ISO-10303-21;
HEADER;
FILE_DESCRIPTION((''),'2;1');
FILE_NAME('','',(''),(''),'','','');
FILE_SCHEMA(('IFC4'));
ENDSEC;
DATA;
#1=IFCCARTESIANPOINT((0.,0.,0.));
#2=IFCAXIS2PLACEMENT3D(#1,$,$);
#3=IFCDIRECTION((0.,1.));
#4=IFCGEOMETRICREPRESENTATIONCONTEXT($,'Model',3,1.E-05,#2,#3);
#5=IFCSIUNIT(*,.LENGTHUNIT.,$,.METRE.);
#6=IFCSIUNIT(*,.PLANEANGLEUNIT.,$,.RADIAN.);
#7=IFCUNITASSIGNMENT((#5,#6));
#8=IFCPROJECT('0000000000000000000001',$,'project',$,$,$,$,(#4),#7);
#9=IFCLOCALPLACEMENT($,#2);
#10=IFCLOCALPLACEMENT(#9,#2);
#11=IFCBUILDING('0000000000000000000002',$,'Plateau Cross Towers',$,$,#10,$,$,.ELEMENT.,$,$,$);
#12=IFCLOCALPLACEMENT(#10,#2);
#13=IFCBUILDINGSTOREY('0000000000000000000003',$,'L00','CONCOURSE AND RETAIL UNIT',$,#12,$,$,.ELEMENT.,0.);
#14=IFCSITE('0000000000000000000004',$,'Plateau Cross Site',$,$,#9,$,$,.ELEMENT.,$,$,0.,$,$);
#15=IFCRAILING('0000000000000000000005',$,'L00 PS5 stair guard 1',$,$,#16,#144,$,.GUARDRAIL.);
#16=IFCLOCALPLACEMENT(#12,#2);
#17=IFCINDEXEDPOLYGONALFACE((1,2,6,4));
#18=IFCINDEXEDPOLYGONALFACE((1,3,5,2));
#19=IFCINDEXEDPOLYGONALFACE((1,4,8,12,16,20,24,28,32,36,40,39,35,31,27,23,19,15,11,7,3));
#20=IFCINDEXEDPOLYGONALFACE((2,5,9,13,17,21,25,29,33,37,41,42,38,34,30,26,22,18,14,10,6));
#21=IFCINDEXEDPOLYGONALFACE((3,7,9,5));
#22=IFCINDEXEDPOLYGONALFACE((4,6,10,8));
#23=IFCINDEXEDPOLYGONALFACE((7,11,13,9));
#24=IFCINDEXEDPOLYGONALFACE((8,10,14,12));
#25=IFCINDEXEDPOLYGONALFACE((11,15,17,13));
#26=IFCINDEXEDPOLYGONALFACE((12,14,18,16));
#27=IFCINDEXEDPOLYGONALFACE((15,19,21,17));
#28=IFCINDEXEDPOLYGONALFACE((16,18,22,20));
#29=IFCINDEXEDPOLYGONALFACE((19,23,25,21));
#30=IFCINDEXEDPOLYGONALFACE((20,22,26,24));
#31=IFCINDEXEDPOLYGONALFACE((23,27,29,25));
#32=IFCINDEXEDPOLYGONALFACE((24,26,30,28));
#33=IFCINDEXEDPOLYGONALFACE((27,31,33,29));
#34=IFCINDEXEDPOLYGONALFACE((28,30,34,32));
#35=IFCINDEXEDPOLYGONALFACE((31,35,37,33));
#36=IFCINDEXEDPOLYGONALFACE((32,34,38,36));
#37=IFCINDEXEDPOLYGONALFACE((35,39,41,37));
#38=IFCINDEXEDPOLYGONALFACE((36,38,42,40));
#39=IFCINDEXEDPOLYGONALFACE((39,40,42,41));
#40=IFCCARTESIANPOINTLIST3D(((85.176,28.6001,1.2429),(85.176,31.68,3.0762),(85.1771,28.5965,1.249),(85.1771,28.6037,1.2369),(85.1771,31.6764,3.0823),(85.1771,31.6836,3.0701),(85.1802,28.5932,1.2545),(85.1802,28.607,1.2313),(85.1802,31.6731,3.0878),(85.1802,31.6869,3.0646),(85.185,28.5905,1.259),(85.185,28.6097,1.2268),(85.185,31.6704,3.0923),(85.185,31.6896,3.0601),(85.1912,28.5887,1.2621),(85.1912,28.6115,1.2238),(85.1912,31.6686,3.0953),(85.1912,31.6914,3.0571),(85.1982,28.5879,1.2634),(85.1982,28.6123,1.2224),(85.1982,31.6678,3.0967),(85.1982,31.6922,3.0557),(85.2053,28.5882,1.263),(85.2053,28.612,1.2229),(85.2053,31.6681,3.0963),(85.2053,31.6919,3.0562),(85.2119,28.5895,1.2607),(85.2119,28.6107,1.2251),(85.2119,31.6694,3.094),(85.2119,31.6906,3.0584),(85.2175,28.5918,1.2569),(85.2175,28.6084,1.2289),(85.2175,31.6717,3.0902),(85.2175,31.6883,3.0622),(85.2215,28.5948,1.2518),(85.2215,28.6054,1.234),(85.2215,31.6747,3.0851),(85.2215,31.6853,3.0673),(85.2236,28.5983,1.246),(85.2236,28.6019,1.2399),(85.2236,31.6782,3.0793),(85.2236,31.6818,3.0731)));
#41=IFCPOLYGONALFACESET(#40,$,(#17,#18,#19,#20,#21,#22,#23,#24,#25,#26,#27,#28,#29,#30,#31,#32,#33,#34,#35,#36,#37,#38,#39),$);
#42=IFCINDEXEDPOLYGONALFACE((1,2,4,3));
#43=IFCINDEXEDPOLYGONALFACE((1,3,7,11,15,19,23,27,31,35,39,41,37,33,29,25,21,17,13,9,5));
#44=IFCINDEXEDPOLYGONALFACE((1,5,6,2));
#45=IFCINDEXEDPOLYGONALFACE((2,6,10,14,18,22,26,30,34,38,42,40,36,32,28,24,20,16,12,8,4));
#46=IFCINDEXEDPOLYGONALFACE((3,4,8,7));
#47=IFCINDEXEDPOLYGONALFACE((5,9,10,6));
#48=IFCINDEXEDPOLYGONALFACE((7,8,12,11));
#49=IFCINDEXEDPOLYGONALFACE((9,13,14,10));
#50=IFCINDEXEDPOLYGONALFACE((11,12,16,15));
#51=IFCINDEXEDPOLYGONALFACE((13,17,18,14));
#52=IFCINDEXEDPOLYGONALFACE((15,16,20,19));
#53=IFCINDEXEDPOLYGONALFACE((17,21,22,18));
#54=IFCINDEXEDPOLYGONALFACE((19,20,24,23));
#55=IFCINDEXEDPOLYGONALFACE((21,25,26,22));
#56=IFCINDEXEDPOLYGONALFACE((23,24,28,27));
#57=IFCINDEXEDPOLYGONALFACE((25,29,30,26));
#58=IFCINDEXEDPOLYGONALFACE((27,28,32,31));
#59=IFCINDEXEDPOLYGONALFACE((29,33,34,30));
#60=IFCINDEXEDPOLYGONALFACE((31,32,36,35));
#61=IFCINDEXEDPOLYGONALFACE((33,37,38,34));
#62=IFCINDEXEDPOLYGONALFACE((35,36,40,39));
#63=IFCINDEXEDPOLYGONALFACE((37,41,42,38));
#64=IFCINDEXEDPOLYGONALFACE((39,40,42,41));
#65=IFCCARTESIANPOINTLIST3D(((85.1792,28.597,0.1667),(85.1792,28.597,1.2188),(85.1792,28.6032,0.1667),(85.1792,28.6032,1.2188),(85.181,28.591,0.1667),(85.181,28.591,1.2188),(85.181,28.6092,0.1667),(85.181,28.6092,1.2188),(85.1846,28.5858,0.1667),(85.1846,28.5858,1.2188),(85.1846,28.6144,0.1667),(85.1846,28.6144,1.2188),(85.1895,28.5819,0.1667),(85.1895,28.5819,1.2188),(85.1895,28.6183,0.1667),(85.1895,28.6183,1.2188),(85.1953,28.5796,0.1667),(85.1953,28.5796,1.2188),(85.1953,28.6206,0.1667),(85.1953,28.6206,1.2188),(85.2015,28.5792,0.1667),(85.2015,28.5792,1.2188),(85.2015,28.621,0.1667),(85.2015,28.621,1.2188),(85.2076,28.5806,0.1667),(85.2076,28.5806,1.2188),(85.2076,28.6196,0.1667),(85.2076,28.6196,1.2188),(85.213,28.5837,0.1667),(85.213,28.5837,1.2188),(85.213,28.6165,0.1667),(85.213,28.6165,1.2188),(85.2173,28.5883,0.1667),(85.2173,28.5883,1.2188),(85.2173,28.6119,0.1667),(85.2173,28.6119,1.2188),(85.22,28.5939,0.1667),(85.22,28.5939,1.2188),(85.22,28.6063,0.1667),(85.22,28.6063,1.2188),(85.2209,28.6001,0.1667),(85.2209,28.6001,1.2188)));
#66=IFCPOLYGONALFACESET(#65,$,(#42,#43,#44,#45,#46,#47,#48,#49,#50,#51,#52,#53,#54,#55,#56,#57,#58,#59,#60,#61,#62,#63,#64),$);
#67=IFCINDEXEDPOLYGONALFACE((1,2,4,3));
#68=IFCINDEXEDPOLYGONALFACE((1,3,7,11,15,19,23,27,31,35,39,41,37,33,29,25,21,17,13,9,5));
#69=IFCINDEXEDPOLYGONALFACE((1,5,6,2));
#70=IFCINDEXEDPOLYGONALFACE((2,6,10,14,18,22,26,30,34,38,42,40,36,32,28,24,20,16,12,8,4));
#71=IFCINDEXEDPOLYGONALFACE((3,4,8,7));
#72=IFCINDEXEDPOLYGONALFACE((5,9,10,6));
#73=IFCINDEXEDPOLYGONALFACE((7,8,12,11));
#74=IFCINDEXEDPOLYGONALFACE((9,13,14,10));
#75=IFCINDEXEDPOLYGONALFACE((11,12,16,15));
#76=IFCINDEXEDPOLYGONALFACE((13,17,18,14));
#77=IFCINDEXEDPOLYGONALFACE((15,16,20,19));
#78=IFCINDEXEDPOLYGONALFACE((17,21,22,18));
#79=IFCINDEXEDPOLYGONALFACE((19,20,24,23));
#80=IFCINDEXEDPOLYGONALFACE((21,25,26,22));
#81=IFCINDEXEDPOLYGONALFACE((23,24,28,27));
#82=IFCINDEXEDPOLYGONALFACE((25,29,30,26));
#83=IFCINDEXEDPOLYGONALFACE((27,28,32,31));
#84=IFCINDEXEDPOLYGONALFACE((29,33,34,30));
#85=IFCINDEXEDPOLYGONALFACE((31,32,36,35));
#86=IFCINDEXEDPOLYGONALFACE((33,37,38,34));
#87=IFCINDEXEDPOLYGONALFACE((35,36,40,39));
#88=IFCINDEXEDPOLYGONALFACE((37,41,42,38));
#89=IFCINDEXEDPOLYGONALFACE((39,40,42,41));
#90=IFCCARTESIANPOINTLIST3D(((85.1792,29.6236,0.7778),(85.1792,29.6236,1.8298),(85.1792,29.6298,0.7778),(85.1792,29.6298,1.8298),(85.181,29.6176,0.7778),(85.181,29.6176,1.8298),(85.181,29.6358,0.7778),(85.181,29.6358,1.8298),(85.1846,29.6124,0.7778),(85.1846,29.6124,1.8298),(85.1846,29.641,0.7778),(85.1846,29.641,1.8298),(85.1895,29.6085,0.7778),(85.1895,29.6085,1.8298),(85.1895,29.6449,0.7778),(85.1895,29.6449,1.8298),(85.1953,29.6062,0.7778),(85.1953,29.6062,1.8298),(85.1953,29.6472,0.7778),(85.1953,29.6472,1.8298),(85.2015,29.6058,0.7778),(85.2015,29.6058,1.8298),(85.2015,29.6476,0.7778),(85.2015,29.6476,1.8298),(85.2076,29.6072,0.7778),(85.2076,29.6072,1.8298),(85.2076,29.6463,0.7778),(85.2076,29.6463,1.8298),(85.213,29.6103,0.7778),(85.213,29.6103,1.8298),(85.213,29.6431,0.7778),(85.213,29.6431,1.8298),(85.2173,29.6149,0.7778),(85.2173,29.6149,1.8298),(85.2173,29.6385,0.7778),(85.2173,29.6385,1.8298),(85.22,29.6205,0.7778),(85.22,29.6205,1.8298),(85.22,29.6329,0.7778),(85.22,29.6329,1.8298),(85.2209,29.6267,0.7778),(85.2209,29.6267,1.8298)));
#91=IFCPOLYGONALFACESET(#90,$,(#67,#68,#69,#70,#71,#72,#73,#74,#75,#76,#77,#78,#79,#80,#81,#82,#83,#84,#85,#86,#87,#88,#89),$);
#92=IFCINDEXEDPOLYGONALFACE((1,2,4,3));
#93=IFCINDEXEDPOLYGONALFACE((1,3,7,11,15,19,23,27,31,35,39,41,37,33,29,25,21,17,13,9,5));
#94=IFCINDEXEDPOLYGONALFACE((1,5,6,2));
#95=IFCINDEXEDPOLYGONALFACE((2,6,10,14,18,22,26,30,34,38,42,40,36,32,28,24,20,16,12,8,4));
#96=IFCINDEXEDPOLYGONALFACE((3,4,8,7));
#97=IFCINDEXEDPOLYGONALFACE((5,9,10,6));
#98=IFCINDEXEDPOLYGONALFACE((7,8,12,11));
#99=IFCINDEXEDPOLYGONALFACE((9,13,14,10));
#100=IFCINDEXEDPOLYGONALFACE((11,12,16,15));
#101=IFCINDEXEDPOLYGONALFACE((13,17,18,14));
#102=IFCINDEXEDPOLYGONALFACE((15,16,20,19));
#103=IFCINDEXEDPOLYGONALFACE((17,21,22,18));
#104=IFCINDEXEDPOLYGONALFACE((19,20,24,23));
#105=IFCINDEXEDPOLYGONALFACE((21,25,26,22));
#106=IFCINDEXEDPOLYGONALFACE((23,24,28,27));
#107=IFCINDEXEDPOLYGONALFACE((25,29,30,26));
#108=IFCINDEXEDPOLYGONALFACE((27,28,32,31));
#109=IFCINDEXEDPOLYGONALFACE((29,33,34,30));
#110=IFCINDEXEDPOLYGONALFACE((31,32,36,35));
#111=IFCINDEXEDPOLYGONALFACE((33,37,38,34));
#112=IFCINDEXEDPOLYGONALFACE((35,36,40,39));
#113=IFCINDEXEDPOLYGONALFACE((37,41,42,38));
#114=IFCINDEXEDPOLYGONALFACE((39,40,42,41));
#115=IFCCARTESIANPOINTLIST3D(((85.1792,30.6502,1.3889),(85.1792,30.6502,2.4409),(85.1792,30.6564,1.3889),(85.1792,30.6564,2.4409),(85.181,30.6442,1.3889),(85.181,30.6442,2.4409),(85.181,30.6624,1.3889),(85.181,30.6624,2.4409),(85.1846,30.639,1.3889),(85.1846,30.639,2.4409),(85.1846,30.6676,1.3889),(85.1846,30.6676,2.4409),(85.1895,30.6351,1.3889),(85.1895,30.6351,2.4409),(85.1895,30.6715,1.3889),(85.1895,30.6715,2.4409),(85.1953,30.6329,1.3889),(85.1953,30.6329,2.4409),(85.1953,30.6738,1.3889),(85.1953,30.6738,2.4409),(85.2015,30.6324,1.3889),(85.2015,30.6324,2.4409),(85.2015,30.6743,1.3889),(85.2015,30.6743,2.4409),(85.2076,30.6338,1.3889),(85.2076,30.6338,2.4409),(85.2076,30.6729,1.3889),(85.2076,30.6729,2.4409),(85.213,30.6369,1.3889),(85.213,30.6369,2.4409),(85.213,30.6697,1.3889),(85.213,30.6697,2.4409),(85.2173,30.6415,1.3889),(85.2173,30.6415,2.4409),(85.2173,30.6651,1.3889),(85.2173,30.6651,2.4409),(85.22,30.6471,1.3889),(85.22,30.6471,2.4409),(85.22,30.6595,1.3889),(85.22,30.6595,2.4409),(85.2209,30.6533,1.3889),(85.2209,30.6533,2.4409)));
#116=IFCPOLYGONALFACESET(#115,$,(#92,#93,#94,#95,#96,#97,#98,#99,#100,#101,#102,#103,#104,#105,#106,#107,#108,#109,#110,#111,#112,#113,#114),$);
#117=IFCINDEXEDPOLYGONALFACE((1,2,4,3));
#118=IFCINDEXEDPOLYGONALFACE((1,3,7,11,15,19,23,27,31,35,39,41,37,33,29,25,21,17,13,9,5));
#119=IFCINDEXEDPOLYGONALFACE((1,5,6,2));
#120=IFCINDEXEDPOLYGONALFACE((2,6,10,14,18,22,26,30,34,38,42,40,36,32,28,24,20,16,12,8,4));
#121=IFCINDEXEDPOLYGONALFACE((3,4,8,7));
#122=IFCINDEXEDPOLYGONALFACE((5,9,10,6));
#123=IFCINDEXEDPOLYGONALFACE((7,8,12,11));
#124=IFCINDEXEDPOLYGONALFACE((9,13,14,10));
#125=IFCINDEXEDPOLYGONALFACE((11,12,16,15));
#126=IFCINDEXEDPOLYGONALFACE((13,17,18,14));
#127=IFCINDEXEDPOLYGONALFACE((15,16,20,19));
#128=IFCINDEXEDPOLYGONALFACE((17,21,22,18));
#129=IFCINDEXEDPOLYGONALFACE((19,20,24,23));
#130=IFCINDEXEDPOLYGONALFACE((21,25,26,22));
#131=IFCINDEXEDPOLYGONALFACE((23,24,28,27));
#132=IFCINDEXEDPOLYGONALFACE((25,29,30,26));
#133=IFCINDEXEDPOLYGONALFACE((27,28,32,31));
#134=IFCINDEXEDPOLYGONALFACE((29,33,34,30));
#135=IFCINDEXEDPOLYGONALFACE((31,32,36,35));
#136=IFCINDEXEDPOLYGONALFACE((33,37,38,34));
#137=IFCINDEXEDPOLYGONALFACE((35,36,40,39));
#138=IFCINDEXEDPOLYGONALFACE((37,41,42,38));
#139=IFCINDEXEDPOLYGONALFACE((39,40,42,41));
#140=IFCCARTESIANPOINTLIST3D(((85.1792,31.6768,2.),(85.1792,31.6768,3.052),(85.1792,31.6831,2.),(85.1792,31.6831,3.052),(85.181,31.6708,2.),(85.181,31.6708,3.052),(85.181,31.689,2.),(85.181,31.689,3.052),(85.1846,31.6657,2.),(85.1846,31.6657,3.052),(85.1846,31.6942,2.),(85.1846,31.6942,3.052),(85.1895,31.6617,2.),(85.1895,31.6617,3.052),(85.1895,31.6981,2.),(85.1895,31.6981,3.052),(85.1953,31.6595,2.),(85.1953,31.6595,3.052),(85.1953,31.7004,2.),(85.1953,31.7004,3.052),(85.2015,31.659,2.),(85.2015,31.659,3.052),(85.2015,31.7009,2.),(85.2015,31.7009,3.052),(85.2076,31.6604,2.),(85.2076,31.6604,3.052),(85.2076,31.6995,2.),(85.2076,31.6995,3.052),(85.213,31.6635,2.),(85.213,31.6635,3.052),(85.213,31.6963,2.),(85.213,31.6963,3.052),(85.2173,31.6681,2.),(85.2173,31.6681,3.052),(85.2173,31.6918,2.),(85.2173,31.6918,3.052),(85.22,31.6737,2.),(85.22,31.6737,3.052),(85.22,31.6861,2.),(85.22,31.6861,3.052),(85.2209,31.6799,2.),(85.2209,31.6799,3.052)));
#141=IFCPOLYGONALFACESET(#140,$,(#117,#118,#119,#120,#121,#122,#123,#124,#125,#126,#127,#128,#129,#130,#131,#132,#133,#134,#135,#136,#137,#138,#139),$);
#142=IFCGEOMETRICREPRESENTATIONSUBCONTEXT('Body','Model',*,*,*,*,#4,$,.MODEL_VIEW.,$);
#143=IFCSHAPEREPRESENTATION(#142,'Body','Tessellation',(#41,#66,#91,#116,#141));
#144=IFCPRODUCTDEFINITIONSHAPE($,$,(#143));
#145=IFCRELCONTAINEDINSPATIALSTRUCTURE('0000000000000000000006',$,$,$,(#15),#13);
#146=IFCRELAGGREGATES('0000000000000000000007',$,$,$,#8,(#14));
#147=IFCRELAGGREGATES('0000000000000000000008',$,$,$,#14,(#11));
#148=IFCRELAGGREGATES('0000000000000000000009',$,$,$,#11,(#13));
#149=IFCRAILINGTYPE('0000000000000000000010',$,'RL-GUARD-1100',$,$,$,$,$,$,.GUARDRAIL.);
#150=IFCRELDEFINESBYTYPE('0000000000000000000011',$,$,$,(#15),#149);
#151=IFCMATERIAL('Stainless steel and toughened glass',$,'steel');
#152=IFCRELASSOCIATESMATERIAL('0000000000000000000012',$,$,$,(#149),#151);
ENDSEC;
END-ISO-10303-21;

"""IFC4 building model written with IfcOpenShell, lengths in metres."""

from ifc_helpers import new_model, si_unit, direction, frame, origin, origin_2d, place, context, subcontext, project, spatial, circle, extrude, material, type_object, element, save


model = new_model("IFC4")

# Units and contexts
model_context = context("Model", 3, precision=1e-05, world=origin(), true_north=direction((0.0, 1.0)))
body_context = subcontext(model_context, "Body", "Model", "MODEL_VIEW")
ifc_project = project(units=[si_unit("LENGTHUNIT", "METRE"), si_unit("PLANEANGLEUNIT", "RADIAN")], contexts=[model_context])

# Site, building, storey
site_placement = place(None, origin())
site = spatial("IfcSite", under=ifc_project, at=site_placement, Name="Plateau Cross Site", CompositionType="ELEMENT", RefElevation=0.0)
building_placement = place(site_placement, origin())
building = spatial("IfcBuilding", under=site, at=building_placement, Name="Plateau Cross Towers", CompositionType="ELEMENT")
storey_placement = place(building_placement, origin())
storey = spatial("IfcBuildingStorey", under=building, at=storey_placement, Name="L00", Description="CONCOURSE AND RETAIL UNIT", CompositionType="ELEMENT", Elevation=0.0)

# Railing
ifc_material_1 = material(Name="Stainless steel and toughened glass", Category="steel")
railing_type_1 = type_object("IfcRailingType", Name="RL-GUARD-1100", PredefinedType="GUARDRAIL", material=ifc_material_1)
railing_1_placement = place(storey_placement, frame((85.2, 28.6001, 0.1667)))
element("IfcRailing", 1, at=railing_1_placement, inside=storey, type_object=railing_type_1, Name="L00 PS5 stair guard 1", PredefinedType="GUARDRAIL", context=body_context, shape_type="SweptSolid", body=[
    extrude(circle(Radius=0.0239, at=origin_2d()), frame((0.0, 0.0, 1.0762), z_axis=(0.0, 0.859291, 0.511487), x_axis=(-1.0, 0.0, 0.0)), (0.0, 0.0, 1.0), 3.5842),
    extrude(circle(Radius=0.021, at=origin_2d()), origin(), (0.0, 0.0, 1.0), 1.052),
    extrude(circle(Radius=0.021, at=origin_2d()), frame((0.0, 1.0266, 0.6111)), (0.0, 0.0, 1.0), 1.052),
    extrude(circle(Radius=0.021, at=origin_2d()), frame((0.0, 2.0532, 1.2222)), (0.0, 0.0, 1.0), 1.052),
    extrude(circle(Radius=0.021, at=origin_2d()), frame((0.0, 3.0798, 1.8333)), (0.0, 0.0, 1.0), 1.052),
])

save(model, "model.ifc")
